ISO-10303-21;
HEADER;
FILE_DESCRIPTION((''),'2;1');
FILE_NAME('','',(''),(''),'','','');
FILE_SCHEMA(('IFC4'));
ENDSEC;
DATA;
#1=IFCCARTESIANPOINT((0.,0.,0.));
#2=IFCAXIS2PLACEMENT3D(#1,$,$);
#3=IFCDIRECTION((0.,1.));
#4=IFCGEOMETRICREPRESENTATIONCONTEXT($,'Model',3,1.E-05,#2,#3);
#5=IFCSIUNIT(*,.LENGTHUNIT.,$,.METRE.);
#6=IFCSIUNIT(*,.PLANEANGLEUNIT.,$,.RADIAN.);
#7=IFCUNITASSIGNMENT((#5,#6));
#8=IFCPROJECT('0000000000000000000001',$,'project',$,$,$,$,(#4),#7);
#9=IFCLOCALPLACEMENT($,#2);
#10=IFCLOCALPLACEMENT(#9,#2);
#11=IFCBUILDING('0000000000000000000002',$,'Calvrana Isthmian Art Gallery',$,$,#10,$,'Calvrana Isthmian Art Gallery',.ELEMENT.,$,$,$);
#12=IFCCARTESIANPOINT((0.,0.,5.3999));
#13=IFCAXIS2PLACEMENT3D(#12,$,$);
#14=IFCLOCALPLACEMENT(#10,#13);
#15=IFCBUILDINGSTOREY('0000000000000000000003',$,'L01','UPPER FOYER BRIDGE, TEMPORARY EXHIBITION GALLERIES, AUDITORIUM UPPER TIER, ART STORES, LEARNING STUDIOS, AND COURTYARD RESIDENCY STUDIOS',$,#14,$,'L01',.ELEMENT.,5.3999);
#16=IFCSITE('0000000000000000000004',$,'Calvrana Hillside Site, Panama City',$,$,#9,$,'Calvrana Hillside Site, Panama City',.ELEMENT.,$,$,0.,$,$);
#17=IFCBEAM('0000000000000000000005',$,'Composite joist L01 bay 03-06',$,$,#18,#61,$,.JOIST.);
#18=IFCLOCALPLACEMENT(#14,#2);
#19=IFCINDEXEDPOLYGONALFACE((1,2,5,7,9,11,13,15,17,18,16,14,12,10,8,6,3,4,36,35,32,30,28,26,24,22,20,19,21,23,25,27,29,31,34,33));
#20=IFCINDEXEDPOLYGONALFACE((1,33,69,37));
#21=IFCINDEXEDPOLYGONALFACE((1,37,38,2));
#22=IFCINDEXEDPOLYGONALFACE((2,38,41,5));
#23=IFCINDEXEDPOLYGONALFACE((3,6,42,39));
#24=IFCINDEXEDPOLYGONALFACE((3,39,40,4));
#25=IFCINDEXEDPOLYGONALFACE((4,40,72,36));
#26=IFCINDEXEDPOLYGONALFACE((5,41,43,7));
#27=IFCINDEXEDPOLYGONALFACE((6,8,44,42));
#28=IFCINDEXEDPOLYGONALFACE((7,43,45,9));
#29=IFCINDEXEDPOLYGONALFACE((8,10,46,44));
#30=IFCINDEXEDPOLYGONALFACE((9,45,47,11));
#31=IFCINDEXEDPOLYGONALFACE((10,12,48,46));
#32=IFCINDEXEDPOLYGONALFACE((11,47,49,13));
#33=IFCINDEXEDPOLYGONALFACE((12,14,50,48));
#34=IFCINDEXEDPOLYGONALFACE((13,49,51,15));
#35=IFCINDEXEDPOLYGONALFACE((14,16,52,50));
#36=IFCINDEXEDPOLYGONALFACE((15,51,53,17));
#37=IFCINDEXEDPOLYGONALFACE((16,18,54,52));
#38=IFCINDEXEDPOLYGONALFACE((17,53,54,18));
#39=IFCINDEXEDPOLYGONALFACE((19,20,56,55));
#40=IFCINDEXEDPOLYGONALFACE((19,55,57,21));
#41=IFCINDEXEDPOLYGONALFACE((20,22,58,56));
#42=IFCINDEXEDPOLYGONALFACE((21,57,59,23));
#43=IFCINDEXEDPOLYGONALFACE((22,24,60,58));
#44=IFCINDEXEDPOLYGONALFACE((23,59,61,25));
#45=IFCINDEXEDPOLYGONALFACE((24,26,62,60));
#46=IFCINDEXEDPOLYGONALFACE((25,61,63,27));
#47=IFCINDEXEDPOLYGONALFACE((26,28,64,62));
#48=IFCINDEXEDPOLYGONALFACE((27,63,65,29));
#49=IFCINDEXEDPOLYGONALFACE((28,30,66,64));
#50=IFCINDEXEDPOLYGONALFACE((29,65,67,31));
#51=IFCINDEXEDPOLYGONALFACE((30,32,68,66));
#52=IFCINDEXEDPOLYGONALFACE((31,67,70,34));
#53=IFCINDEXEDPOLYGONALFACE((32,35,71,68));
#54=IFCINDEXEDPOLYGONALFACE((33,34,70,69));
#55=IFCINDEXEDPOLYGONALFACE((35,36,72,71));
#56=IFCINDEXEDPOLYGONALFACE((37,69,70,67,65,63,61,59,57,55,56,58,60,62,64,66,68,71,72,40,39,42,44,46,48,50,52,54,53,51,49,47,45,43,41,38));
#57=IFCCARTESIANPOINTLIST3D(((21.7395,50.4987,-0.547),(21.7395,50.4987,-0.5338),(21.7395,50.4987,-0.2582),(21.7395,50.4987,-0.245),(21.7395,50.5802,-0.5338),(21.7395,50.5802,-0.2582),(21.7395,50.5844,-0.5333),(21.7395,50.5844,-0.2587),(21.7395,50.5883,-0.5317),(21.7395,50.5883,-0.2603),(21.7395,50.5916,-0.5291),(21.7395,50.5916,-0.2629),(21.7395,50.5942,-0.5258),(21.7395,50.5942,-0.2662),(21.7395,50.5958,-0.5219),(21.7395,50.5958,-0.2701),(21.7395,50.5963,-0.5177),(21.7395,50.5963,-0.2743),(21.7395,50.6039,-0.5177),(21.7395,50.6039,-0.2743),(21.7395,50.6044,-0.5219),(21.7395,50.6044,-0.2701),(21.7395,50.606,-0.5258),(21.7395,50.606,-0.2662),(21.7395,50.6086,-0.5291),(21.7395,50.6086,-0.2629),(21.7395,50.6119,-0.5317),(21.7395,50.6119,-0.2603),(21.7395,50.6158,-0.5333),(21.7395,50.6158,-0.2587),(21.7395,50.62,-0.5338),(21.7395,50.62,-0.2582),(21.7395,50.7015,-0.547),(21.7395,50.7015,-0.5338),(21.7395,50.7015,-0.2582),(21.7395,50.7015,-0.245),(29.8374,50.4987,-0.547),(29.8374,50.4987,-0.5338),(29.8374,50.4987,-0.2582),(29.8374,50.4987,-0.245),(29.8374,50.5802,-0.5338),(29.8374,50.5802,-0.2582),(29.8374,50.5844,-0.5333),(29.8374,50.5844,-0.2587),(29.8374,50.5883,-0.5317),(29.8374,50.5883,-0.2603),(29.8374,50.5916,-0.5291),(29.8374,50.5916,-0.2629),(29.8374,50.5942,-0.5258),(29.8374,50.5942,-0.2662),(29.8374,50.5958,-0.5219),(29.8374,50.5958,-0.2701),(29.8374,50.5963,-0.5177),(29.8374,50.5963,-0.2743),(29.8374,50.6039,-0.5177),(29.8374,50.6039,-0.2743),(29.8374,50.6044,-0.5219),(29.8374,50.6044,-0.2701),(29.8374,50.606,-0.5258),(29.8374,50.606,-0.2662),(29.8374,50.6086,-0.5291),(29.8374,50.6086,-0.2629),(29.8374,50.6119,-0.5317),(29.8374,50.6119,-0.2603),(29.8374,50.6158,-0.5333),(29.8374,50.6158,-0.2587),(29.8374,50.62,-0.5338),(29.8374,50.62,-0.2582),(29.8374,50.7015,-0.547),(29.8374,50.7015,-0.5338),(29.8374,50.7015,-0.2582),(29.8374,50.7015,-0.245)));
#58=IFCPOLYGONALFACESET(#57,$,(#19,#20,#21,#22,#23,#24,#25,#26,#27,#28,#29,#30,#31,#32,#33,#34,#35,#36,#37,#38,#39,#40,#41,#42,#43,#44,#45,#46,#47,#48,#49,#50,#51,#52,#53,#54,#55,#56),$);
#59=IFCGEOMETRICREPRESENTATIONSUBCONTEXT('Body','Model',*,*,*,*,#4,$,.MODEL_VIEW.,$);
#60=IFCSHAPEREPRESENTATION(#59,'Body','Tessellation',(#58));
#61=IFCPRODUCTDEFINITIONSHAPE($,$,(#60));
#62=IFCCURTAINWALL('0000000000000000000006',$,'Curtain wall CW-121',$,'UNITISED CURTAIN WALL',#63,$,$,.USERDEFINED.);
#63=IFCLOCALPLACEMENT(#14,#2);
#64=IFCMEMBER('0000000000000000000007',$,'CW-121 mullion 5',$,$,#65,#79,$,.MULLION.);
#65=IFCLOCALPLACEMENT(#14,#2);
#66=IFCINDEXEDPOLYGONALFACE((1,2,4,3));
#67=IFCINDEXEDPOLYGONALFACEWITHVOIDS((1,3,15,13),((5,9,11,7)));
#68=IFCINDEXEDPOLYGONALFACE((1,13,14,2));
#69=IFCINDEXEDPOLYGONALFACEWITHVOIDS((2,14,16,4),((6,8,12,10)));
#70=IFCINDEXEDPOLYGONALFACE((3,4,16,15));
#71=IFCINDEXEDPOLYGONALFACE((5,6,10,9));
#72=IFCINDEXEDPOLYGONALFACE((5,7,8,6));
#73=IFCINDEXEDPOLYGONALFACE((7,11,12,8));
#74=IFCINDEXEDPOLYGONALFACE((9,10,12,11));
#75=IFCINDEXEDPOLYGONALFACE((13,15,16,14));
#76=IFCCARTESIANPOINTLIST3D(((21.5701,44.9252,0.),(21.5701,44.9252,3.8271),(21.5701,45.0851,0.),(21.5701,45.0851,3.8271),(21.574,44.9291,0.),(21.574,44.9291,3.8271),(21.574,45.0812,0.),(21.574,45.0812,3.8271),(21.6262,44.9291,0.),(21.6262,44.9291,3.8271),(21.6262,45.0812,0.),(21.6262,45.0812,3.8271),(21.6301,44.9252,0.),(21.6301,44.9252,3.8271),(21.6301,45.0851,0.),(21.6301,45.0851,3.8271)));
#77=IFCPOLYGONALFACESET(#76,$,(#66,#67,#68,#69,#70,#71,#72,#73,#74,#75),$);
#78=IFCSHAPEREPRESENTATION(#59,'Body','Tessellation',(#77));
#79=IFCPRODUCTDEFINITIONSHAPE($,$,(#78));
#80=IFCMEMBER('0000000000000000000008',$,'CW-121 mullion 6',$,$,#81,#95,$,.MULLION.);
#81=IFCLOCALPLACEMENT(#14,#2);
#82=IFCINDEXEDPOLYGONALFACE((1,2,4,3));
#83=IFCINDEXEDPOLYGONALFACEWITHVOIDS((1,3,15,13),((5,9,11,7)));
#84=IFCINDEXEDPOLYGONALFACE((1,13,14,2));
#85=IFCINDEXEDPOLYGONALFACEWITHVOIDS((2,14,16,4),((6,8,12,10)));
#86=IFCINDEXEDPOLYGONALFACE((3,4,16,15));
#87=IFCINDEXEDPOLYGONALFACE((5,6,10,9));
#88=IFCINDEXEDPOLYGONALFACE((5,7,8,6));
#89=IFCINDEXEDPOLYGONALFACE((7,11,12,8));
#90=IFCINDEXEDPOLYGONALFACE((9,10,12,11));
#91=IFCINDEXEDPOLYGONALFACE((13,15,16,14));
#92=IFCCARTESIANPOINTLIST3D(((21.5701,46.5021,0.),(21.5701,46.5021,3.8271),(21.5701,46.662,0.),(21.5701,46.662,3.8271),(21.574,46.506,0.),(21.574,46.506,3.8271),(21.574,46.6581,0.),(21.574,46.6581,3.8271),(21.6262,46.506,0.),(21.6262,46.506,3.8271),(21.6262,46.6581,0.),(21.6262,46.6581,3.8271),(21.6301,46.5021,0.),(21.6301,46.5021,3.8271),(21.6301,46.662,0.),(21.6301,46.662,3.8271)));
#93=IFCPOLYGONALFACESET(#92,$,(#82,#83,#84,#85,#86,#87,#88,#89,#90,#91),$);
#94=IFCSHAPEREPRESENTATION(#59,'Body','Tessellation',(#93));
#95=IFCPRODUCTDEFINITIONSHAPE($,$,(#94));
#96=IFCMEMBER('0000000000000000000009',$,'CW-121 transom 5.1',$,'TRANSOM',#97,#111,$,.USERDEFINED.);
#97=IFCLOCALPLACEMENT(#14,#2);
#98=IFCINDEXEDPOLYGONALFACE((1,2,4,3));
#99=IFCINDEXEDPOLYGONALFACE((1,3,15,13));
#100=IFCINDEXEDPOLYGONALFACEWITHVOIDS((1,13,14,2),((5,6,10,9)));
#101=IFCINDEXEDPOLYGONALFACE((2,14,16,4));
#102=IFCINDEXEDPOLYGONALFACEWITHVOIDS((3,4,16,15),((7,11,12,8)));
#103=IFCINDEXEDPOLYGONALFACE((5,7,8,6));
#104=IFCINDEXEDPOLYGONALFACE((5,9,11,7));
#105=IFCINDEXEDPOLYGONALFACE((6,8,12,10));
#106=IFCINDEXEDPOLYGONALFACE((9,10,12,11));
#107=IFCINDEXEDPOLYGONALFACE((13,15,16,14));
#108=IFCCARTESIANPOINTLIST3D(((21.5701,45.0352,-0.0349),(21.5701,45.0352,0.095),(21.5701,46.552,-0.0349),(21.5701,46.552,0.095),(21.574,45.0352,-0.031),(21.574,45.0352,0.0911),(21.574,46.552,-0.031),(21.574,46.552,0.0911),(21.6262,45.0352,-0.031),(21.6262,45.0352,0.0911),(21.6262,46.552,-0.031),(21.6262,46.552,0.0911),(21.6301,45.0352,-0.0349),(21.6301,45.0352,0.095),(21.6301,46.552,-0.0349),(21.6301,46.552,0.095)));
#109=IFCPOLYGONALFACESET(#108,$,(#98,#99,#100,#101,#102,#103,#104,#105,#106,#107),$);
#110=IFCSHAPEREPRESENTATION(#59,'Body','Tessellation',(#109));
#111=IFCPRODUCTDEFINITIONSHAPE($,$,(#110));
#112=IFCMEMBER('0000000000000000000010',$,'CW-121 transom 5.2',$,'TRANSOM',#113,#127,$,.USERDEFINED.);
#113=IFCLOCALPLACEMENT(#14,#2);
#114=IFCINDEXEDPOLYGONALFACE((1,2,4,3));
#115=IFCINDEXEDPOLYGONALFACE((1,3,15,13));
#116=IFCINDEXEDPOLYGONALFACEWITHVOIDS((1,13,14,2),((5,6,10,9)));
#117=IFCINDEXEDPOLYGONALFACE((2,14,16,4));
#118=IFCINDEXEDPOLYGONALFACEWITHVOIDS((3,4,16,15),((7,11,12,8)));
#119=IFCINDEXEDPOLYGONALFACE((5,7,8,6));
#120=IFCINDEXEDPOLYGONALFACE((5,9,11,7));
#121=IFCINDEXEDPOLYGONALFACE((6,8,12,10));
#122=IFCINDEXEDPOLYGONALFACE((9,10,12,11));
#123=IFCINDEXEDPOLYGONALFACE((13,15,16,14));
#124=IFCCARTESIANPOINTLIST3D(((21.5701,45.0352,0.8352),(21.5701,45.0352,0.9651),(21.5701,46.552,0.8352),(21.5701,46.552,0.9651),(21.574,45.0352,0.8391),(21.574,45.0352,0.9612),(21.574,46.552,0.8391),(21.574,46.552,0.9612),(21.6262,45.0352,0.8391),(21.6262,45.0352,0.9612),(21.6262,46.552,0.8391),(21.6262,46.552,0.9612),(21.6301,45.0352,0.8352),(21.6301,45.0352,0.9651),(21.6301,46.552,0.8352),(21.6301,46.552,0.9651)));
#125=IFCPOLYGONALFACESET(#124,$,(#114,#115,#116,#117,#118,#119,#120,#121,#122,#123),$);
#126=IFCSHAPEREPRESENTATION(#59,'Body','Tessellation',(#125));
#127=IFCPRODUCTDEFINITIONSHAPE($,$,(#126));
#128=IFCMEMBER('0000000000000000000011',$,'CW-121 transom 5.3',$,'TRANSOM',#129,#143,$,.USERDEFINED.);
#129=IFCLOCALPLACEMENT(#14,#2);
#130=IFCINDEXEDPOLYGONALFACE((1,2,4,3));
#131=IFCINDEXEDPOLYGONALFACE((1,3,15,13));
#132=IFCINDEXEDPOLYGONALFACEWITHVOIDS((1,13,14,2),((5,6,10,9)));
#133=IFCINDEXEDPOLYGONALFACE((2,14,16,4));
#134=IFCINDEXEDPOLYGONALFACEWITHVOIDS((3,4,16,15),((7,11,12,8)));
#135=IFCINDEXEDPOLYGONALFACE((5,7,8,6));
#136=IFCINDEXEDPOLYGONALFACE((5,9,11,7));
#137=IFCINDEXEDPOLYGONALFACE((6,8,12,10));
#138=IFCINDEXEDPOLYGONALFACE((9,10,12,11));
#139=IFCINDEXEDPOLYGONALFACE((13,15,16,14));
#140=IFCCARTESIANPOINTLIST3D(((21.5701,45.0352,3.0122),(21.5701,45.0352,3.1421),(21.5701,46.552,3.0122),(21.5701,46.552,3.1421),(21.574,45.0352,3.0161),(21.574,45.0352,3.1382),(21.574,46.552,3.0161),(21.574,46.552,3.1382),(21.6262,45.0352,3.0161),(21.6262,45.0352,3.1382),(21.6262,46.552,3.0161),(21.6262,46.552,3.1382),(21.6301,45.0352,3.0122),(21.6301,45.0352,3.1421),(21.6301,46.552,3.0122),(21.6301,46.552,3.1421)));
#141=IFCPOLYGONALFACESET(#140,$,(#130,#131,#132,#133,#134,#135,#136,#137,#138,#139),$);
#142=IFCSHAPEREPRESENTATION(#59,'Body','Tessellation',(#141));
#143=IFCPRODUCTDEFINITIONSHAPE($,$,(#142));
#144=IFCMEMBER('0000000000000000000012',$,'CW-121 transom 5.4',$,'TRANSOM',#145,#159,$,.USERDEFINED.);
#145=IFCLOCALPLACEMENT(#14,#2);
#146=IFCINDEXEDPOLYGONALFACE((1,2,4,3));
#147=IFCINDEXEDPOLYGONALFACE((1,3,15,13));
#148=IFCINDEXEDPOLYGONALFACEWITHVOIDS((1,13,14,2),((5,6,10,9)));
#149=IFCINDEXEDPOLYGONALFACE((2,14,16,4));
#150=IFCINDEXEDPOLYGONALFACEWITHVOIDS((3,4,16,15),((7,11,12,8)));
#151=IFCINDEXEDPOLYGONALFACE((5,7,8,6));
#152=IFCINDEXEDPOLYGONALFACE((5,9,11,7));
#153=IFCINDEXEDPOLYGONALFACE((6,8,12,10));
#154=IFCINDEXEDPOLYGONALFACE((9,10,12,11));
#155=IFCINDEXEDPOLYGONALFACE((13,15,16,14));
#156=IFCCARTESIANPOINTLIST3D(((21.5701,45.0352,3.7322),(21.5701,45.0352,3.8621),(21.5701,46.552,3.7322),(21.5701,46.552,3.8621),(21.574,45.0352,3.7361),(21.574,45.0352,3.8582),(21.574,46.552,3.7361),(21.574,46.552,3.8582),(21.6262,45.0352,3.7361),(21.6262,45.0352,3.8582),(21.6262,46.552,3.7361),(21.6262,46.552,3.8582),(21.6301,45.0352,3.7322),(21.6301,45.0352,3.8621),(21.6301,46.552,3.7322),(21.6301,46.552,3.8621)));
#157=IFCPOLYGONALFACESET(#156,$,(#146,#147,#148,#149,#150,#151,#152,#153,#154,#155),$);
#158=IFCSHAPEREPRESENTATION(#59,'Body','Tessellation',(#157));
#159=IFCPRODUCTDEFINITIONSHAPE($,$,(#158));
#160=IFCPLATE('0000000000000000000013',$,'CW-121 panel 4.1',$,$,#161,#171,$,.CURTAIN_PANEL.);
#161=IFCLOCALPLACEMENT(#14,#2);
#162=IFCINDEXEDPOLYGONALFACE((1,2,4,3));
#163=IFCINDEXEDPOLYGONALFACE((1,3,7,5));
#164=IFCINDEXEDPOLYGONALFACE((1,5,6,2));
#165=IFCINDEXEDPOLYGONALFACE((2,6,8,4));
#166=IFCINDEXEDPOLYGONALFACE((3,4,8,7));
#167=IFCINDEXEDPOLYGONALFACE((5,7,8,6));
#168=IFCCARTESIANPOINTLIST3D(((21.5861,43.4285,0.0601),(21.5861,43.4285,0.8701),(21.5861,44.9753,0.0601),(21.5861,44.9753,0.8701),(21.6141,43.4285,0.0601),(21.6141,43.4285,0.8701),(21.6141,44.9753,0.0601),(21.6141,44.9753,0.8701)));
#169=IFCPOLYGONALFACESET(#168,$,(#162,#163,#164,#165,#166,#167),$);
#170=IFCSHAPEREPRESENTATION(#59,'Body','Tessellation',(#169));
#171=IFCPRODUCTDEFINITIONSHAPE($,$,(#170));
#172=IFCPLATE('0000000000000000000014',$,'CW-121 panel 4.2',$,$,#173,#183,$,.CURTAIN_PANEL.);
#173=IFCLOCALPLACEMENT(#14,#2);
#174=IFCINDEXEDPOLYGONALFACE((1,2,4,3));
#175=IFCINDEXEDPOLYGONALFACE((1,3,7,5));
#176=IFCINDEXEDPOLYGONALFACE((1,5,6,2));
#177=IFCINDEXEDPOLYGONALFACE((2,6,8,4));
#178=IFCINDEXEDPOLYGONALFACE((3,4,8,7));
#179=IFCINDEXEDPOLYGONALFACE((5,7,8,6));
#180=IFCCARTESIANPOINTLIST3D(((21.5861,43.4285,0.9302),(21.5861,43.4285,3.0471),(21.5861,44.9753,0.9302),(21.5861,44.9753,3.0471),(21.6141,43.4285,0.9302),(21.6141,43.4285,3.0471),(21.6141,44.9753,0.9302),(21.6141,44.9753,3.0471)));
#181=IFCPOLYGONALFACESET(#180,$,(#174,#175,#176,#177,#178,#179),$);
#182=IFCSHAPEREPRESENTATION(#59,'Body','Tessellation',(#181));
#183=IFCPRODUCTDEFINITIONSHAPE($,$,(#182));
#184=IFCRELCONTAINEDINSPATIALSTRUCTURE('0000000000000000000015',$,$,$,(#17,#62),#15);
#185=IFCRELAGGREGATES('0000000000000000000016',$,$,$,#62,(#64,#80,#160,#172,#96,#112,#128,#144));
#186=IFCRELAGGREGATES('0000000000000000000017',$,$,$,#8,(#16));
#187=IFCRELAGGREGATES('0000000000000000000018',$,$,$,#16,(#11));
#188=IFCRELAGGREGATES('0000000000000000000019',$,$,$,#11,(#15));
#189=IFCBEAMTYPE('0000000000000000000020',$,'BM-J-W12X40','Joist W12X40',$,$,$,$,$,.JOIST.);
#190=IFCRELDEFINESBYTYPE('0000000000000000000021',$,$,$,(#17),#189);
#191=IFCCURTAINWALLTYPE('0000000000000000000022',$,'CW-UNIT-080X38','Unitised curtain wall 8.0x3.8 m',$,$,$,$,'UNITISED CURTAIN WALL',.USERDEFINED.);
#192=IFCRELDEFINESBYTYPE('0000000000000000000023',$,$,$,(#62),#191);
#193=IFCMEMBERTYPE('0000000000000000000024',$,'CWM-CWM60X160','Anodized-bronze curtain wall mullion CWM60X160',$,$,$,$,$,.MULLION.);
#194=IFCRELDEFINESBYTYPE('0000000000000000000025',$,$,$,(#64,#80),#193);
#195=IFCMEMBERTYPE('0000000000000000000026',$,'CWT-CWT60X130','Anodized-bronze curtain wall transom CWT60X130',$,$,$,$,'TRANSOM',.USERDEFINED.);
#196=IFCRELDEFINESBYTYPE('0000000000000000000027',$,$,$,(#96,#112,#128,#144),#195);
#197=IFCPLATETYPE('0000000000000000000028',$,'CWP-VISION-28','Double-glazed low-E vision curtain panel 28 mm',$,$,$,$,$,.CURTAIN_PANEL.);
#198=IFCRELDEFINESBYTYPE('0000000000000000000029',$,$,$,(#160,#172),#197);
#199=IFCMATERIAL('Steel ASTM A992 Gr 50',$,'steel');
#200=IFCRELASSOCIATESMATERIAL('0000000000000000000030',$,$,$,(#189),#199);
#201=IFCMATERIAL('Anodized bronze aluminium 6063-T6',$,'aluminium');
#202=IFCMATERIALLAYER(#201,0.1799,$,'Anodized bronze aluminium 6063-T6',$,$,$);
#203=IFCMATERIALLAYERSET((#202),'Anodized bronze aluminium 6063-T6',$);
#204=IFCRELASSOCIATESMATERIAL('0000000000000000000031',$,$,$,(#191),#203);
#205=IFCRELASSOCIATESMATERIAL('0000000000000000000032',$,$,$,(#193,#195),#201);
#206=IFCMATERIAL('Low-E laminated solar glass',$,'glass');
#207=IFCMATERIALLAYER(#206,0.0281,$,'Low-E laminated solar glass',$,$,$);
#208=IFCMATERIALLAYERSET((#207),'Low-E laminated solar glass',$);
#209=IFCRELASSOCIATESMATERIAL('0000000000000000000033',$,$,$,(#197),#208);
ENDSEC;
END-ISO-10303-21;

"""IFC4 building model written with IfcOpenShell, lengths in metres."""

from ifc_helpers import new_model, si_unit, direction, frame, origin, origin_2d, place, context, subcontext, project, spatial, rectangle, hollow_rectangle, i_section, extrude, material, layer, layer_set, material_profile, profile_set, type_object, element, aggregate, save


model = new_model("IFC4")

# Units and contexts
model_context = context("Model", 3, precision=1e-05, world=origin(), true_north=direction((0.0, 1.0)))
body_context = subcontext(model_context, "Body", "Model", "MODEL_VIEW")
ifc_project = project(units=[si_unit("LENGTHUNIT", "METRE"), si_unit("PLANEANGLEUNIT", "RADIAN")], contexts=[model_context])

# Site, building, storey
site_placement = place(None, origin())
site = spatial("IfcSite", under=ifc_project, at=site_placement, Name="Calvrana Hillside Site, Panama City", LongName="Calvrana Hillside Site, Panama City", CompositionType="ELEMENT", RefElevation=0.0)
building_placement = place(site_placement, origin())
building = spatial("IfcBuilding", under=site, at=building_placement, Name="Calvrana Isthmian Art Gallery", LongName="Calvrana Isthmian Art Gallery", CompositionType="ELEMENT")
storey_placement = place(building_placement, frame((0.0, 0.0, 5.3999)))
storey = spatial("IfcBuildingStorey", under=building, at=storey_placement, Name="L01", Description="UPPER FOYER BRIDGE, TEMPORARY EXHIBITION GALLERIES, AUDITORIUM UPPER TIER, ART STORES, LEARNING STUDIOS, AND COURTYARD RESIDENCY STUDIOS", LongName="L01", CompositionType="ELEMENT", Elevation=5.3999)

# Shared definitions
ifc_material_1 = material(Name="Steel ASTM A992 Gr 50", Category="steel")

# Beam
ifc_material_profile_1 = material_profile(ifc_material_1, i_section(OverallWidth=0.2029, OverallDepth=0.302, WebThickness=0.0076, FlangeThickness=0.0132, FilletRadius=0.0161, at=origin_2d()), Name="W12X40")
ifc_profile_set_1 = profile_set([ifc_material_profile_1], Name="Steel ASTM A992 Gr 50")
beam_type_1 = type_object("IfcBeamType", Name="BM-J-W12X40", Description="Joist W12X40", PredefinedType="JOIST", material=ifc_profile_set_1)
beam_1_placement = place(storey_placement, frame((21.7395, 50.6001, -0.396), z_axis=(1.0, 0.0, 0.0), x_axis=(0.0, 1.0, 0.0)))
element("IfcBeam", 1, at=beam_1_placement, inside=storey, type_object=beam_type_1, Name="Composite joist L01 bay 03-06", PredefinedType="JOIST", context=body_context, shape_type="SweptSolid", body=[
    extrude(i_section(OverallWidth=0.2029, OverallDepth=0.302, WebThickness=0.0076, FlangeThickness=0.0132, FilletRadius=0.0161, at=origin_2d()), origin(), (0.0, 0.0, 1.0), 8.0979),
])

# Curtain wall, members, plates
ifc_material_2 = material(Name="Anodized bronze aluminium 6063-T6", Category="aluminium")
ifc_layer_1 = layer(ifc_material_2, 0.1799, Name="Anodized bronze aluminium 6063-T6")
ifc_layer_set_1 = layer_set([ifc_layer_1], Name="Anodized bronze aluminium 6063-T6")
curtain_wall_type = type_object("IfcCurtainWallType", Name="CW-UNIT-080X38", Description="Unitised curtain wall 8.0x3.8 m", ElementType="UNITISED CURTAIN WALL", PredefinedType="USERDEFINED", material=ifc_layer_set_1)
curtain_wall_placement = place(storey_placement, origin())
curtain_wall = element("IfcCurtainWall", 2, at=curtain_wall_placement, inside=storey, type_object=curtain_wall_type, Name="Curtain wall CW-121", ObjectType="UNITISED CURTAIN WALL", PredefinedType="USERDEFINED")
ifc_material_profile_2 = material_profile(ifc_material_2, hollow_rectangle(XDim=0.0601, YDim=0.1599, WallThickness=0.0039, at=origin_2d()), Name="CWM60X160")
ifc_profile_set_2 = profile_set([ifc_material_profile_2], Name="Anodized bronze aluminium 6063-T6")
member_type_1 = type_object("IfcMemberType", Name="CWM-CWM60X160", Description="Anodized-bronze curtain wall mullion CWM60X160", PredefinedType="MULLION", material=ifc_profile_set_2)
member_1_placement = place(storey_placement, frame((21.6001, 45.0051, 0.0), z_axis=(0.0, 0.0, 1.0), x_axis=(-1.0, 0.0, 0.0)))
member_1 = element("IfcMember", 3, at=member_1_placement, type_object=member_type_1, Name="CW-121 mullion 5", PredefinedType="MULLION", context=body_context, shape_type="SweptSolid", body=[
    extrude(hollow_rectangle(XDim=0.0601, YDim=0.1599, WallThickness=0.0039, at=origin_2d()), origin(), (0.0, 0.0, 1.0), 3.8271),
])
member_2_placement = place(storey_placement, frame((21.6001, 46.582, 0.0), z_axis=(0.0, 0.0, 1.0), x_axis=(-1.0, 0.0, 0.0)))
member_2 = element("IfcMember", 4, at=member_2_placement, type_object=member_type_1, Name="CW-121 mullion 6", PredefinedType="MULLION", context=body_context, shape_type="SweptSolid", body=[
    extrude(hollow_rectangle(XDim=0.0601, YDim=0.1599, WallThickness=0.0039, at=origin_2d()), origin(), (0.0, 0.0, 1.0), 3.8271),
])
ifc_material_profile_3 = material_profile(ifc_material_2, hollow_rectangle(XDim=0.0601, YDim=0.1299, WallThickness=0.0039, at=origin_2d()), Name="CWT60X130")
ifc_profile_set_3 = profile_set([ifc_material_profile_3], Name="Anodized bronze aluminium 6063-T6")
member_type_2 = type_object("IfcMemberType", Name="CWT-CWT60X130", Description="Anodized-bronze curtain wall transom CWT60X130", ElementType="TRANSOM", PredefinedType="USERDEFINED", material=ifc_profile_set_3)
member_3_placement = place(storey_placement, frame((21.6001, 45.0352, 0.03), z_axis=(0.0, 1.0, 0.0), x_axis=(-1.0, 0.0, 0.0)))
member_3 = element("IfcMember", 5, at=member_3_placement, type_object=member_type_2, Name="CW-121 transom 5.1", ObjectType="TRANSOM", PredefinedType="USERDEFINED", context=body_context, shape_type="SweptSolid", body=[
    extrude(hollow_rectangle(XDim=0.0601, YDim=0.1299, WallThickness=0.0039, at=origin_2d()), origin(), (0.0, 0.0, 1.0), 1.5168),
])
member_4_placement = place(storey_placement, frame((21.6001, 45.0352, 0.9001), z_axis=(0.0, 1.0, 0.0), x_axis=(-1.0, 0.0, 0.0)))
member_4 = element("IfcMember", 6, at=member_4_placement, type_object=member_type_2, Name="CW-121 transom 5.2", ObjectType="TRANSOM", PredefinedType="USERDEFINED", context=body_context, shape_type="SweptSolid", body=[
    extrude(hollow_rectangle(XDim=0.0601, YDim=0.1299, WallThickness=0.0039, at=origin_2d()), origin(), (0.0, 0.0, 1.0), 1.5168),
])
member_5_placement = place(storey_placement, frame((21.6001, 45.0352, 3.0771), z_axis=(0.0, 1.0, 0.0), x_axis=(-1.0, 0.0, 0.0)))
member_5 = element("IfcMember", 7, at=member_5_placement, type_object=member_type_2, Name="CW-121 transom 5.3", ObjectType="TRANSOM", PredefinedType="USERDEFINED", context=body_context, shape_type="SweptSolid", body=[
    extrude(hollow_rectangle(XDim=0.0601, YDim=0.1299, WallThickness=0.0039, at=origin_2d()), origin(), (0.0, 0.0, 1.0), 1.5168),
])
member_6_placement = place(storey_placement, frame((21.6001, 45.0352, 3.7971), z_axis=(0.0, 1.0, 0.0), x_axis=(-1.0, 0.0, 0.0)))
member_6 = element("IfcMember", 8, at=member_6_placement, type_object=member_type_2, Name="CW-121 transom 5.4", ObjectType="TRANSOM", PredefinedType="USERDEFINED", context=body_context, shape_type="SweptSolid", body=[
    extrude(hollow_rectangle(XDim=0.0601, YDim=0.1299, WallThickness=0.0039, at=origin_2d()), origin(), (0.0, 0.0, 1.0), 1.5168),
])
ifc_material_3 = material(Name="Low-E laminated solar glass", Category="glass")
ifc_layer_2 = layer(ifc_material_3, 0.0281, Name="Low-E laminated solar glass")
ifc_layer_set_2 = layer_set([ifc_layer_2], Name="Low-E laminated solar glass")
plate_type_1 = type_object("IfcPlateType", Name="CWP-VISION-28", Description="Double-glazed low-E vision curtain panel 28 mm", PredefinedType="CURTAIN_PANEL", material=ifc_layer_set_2)
plate_1_placement = place(storey_placement, frame((21.6001, 44.2019, 0.0601), z_axis=(0.0, 0.0, 1.0), x_axis=(0.0, 1.0, 0.0)))
plate_1 = element("IfcPlate", 9, at=plate_1_placement, type_object=plate_type_1, Name="CW-121 panel 4.1", PredefinedType="CURTAIN_PANEL", context=body_context, shape_type="SweptSolid", body=[
    extrude(rectangle(XDim=1.5469, YDim=0.0281, at=origin_2d()), origin(), (0.0, 0.0, 1.0), 0.8101),
])
plate_2_placement = place(storey_placement, frame((21.6001, 44.2019, 0.9302), z_axis=(0.0, 0.0, 1.0), x_axis=(0.0, 1.0, 0.0)))
plate_2 = element("IfcPlate", 10, at=plate_2_placement, type_object=plate_type_1, Name="CW-121 panel 4.2", PredefinedType="CURTAIN_PANEL", context=body_context, shape_type="SweptSolid", body=[
    extrude(rectangle(XDim=1.5469, YDim=0.0281, at=origin_2d()), origin(), (0.0, 0.0, 1.0), 2.1169),
])
aggregate(curtain_wall, [member_1, member_2, plate_1, plate_2, member_3, member_4, member_5, member_6])

save(model, "model.ifc")
